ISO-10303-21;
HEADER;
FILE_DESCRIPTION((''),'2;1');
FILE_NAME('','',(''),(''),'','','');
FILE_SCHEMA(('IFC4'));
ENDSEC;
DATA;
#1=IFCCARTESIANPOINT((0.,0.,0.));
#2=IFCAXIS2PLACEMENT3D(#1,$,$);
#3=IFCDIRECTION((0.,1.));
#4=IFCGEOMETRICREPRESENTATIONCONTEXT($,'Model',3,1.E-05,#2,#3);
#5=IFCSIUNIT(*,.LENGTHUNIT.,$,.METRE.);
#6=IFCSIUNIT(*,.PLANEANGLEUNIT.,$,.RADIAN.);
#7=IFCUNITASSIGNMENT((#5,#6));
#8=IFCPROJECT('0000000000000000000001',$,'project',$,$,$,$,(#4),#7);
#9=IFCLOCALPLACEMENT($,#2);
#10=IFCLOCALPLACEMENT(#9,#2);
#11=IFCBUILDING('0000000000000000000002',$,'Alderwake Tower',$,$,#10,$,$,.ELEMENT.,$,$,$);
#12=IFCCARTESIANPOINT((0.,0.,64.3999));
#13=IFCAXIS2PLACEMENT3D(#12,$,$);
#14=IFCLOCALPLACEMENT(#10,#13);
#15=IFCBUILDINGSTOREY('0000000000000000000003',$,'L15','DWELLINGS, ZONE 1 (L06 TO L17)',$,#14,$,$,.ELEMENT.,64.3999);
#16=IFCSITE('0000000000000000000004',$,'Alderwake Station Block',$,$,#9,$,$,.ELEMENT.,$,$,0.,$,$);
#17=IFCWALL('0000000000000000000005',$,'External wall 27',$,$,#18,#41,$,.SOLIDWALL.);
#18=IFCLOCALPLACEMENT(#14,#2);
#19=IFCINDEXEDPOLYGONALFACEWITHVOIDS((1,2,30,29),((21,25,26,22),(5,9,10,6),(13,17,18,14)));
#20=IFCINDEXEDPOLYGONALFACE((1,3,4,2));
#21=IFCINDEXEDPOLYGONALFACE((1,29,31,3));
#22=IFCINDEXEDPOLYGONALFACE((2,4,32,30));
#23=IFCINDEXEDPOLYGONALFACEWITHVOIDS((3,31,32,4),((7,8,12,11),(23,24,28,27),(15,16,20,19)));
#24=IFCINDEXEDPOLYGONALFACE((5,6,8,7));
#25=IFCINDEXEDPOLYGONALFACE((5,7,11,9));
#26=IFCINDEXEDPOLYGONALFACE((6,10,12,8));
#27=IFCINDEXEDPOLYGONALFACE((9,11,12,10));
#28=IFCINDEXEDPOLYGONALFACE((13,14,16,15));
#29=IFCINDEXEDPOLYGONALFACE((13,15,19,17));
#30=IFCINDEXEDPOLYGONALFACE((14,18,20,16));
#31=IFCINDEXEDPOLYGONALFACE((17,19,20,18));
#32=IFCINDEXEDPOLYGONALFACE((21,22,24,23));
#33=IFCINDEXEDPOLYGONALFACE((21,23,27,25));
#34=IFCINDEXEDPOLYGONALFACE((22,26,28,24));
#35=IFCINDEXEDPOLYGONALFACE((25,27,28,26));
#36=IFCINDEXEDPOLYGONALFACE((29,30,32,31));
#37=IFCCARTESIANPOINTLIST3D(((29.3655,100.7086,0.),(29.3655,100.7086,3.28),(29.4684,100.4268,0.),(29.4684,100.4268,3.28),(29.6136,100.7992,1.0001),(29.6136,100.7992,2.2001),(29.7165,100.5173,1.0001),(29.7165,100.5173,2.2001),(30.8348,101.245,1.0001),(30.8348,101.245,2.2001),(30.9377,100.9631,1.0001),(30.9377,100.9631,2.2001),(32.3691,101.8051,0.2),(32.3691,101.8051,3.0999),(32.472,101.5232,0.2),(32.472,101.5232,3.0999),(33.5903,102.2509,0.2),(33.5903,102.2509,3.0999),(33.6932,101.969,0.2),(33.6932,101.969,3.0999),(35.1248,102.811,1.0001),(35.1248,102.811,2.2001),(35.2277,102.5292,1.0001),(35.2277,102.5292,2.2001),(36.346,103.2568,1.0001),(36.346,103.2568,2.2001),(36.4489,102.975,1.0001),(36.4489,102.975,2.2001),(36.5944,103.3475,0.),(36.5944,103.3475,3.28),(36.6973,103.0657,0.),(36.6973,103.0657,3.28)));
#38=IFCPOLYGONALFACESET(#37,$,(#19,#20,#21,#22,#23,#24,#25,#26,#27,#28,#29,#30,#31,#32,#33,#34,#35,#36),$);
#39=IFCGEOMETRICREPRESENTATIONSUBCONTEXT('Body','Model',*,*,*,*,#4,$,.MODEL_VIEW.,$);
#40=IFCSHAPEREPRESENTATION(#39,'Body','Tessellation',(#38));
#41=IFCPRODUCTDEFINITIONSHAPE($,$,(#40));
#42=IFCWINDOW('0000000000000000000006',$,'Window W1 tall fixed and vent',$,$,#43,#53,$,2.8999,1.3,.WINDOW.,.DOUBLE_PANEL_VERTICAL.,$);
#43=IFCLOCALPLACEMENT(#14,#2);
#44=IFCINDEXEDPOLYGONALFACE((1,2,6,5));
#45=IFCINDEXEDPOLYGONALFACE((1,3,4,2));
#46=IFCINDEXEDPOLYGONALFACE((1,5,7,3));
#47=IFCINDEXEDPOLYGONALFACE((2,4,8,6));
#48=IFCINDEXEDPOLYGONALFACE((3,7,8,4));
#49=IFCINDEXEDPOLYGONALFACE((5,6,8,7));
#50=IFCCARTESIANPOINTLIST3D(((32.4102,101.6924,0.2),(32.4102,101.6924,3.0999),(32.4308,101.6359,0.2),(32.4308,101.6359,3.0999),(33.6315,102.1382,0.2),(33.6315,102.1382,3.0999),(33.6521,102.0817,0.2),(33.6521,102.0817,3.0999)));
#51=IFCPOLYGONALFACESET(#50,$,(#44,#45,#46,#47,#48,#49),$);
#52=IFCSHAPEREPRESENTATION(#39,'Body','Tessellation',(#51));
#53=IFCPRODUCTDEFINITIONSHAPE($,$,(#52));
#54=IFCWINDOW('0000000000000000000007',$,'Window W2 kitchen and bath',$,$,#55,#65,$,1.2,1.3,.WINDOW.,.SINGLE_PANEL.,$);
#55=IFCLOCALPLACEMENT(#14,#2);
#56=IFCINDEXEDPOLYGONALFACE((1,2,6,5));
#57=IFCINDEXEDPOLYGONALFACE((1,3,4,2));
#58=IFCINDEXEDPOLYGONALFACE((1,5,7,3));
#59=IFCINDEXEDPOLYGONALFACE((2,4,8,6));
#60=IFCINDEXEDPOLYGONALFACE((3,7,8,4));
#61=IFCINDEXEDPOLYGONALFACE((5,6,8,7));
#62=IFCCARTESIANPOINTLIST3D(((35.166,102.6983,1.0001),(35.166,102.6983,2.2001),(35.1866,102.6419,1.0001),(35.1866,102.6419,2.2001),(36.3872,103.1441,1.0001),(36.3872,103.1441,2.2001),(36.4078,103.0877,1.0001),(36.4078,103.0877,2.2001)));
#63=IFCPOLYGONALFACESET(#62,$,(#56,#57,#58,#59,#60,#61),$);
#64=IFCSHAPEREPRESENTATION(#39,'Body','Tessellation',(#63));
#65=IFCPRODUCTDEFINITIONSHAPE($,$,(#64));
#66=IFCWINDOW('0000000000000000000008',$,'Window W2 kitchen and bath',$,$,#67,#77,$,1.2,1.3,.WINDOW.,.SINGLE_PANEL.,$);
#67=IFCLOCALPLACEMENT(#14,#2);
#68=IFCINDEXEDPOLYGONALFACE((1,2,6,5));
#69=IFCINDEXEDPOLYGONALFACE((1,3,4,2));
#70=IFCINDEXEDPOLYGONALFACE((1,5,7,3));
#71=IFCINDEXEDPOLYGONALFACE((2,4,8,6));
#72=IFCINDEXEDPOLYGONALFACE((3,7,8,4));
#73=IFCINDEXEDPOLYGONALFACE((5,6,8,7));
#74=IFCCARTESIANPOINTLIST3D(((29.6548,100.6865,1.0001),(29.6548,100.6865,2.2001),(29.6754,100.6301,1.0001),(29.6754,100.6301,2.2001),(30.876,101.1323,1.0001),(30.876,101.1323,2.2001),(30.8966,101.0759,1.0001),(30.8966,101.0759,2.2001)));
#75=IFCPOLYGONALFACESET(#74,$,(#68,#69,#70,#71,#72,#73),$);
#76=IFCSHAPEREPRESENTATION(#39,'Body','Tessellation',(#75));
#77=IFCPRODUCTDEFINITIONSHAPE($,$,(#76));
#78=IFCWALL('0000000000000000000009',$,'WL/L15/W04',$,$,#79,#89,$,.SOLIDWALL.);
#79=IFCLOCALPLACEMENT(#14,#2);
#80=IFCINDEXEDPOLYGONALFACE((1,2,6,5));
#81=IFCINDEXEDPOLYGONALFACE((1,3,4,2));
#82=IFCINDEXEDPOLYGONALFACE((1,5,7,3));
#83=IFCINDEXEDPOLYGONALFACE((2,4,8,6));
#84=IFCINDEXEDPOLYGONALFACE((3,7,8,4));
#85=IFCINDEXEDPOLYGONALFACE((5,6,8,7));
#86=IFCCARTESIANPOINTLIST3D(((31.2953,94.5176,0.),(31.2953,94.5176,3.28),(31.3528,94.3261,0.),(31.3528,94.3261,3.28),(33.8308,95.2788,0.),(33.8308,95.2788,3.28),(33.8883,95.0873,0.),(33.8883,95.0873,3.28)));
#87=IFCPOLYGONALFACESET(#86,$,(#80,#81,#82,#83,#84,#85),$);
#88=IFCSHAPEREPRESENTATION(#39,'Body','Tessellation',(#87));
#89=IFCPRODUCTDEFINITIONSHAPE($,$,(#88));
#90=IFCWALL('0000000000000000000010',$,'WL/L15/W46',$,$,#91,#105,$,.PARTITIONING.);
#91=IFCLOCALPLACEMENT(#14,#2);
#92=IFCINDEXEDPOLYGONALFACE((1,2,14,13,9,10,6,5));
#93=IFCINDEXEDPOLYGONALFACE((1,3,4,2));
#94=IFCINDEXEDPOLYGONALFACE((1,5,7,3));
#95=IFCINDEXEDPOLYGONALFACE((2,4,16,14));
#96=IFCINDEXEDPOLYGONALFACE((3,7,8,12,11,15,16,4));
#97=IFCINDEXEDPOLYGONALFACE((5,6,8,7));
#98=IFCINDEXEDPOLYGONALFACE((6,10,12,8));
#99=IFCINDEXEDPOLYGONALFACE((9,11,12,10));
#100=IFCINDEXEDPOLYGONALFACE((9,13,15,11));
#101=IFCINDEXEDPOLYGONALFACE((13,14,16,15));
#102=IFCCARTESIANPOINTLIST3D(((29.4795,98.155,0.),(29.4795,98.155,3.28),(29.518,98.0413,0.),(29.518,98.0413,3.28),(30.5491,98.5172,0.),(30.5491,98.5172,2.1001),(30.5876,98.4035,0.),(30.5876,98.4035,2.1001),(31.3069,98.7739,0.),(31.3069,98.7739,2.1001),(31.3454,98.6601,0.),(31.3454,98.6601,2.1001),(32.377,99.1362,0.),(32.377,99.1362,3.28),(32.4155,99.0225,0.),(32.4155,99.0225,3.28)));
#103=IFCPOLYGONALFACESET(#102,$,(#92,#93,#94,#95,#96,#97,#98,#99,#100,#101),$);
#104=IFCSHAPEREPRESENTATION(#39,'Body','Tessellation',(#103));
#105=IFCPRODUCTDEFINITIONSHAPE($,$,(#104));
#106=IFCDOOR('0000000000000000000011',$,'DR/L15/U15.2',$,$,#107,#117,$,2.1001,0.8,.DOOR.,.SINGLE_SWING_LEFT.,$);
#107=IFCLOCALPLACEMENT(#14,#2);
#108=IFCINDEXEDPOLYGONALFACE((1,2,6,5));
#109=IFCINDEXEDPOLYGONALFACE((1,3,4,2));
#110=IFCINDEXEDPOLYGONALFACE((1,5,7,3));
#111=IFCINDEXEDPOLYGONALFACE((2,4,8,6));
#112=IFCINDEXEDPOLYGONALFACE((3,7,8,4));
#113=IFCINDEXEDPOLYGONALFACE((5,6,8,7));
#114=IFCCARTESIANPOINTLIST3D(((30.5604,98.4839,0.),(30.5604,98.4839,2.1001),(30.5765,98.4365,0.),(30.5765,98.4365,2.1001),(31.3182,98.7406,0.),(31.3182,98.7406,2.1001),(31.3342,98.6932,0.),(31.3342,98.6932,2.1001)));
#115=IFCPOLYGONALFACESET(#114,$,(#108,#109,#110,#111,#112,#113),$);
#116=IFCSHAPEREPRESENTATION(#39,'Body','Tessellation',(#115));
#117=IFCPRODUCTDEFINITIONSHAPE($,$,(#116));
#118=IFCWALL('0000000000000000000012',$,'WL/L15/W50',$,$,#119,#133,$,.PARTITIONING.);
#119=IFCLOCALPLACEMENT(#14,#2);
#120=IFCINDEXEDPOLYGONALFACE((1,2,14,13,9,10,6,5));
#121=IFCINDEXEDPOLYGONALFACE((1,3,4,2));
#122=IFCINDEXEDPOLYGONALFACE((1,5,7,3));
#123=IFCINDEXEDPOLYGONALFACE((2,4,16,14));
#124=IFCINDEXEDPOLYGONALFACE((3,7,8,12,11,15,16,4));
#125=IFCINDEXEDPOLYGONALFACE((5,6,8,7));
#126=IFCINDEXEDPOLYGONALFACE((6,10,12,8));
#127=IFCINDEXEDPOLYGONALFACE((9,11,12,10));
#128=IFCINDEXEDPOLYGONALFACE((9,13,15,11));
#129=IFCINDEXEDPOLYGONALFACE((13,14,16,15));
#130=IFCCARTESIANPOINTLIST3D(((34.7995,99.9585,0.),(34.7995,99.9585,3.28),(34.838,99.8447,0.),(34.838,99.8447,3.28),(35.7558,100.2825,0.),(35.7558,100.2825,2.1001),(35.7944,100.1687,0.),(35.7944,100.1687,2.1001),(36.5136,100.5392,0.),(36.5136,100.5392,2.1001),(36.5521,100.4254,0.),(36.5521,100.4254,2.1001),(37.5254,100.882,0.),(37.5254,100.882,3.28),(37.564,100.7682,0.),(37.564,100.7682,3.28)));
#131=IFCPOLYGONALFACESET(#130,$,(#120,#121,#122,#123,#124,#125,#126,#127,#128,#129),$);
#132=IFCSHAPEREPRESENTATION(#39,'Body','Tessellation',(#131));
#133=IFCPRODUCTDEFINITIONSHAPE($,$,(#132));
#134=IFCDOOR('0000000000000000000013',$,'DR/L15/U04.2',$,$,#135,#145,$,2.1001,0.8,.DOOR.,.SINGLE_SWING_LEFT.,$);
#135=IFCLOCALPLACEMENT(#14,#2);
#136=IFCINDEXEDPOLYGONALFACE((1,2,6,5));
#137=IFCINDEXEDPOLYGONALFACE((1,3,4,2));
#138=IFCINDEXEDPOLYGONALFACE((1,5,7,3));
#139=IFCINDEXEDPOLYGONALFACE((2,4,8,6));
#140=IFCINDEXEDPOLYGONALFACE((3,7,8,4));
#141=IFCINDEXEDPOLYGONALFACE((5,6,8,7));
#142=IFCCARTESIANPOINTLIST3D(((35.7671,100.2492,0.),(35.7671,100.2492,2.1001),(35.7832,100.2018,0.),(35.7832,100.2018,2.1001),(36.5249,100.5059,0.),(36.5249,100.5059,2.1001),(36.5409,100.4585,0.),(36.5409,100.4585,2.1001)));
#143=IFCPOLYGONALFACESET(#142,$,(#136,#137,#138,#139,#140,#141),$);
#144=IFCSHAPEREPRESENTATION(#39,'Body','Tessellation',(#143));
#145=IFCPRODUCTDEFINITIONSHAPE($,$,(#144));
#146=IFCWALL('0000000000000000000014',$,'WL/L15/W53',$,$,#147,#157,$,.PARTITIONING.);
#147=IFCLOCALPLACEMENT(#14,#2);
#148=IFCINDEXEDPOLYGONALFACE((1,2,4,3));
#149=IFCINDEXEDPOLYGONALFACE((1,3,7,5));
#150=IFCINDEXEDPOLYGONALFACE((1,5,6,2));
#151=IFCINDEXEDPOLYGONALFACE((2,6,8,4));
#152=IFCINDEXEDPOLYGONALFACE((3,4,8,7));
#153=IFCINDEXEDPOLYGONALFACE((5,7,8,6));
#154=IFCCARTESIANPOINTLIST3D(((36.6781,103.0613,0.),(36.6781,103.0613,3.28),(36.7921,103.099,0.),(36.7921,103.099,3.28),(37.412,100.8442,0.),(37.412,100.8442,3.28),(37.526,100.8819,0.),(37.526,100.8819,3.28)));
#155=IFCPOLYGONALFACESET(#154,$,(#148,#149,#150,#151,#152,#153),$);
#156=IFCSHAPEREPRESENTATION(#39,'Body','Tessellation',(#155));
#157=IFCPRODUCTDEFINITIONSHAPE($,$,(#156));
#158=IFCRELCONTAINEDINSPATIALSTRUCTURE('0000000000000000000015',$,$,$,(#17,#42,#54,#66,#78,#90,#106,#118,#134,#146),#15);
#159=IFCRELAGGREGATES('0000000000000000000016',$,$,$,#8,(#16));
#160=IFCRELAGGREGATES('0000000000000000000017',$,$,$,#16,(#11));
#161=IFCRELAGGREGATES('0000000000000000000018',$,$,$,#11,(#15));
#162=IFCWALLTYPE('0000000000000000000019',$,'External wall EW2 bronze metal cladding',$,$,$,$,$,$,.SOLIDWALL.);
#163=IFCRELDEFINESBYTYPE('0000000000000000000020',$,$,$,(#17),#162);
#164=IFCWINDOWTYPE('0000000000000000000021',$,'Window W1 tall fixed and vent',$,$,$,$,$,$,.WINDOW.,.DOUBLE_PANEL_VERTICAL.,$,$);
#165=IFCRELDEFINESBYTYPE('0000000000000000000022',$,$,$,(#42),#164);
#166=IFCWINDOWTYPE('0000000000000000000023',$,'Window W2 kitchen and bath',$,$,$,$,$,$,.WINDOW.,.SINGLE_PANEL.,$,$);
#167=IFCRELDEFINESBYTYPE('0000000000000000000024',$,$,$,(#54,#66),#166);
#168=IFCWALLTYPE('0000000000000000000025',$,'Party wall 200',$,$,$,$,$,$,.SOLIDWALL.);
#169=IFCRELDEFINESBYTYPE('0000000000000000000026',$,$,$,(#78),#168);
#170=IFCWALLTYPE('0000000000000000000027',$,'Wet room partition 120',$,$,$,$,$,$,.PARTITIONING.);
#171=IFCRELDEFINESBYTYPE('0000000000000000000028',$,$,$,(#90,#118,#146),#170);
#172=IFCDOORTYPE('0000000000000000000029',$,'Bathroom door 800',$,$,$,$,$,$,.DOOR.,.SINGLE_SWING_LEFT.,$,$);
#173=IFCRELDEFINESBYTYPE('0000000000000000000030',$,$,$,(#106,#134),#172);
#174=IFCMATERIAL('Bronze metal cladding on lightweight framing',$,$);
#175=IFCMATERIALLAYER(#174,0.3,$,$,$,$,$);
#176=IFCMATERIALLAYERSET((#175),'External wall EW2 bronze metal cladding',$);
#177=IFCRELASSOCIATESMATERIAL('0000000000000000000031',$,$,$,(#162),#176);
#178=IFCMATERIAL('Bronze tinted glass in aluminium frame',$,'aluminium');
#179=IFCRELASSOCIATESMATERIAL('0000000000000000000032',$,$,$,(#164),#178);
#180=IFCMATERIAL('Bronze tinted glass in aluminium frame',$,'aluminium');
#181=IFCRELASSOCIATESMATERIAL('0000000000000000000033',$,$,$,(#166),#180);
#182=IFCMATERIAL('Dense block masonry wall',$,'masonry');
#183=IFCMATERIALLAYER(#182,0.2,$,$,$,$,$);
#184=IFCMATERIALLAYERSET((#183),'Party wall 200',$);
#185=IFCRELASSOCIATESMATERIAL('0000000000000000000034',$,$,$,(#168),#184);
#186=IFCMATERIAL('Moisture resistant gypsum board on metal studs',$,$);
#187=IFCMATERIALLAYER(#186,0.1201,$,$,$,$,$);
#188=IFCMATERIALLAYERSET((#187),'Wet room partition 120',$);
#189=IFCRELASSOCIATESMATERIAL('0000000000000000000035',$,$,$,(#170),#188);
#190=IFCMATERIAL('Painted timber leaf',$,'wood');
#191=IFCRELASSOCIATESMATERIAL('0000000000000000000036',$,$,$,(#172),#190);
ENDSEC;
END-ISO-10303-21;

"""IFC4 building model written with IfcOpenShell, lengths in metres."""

from ifc_helpers import new_model, si_unit, direction, frame, frame_2d, origin, place, context, subcontext, project, spatial, rectangle, extrude, material, layer, layer_set, type_object, element, fill, save


model = new_model("IFC4")

# Units and contexts
model_context = context("Model", 3, precision=1e-05, world=origin(), true_north=direction((0.0, 1.0)))
body_context = subcontext(model_context, "Body", "Model", "MODEL_VIEW")
ifc_project = project(units=[si_unit("LENGTHUNIT", "METRE"), si_unit("PLANEANGLEUNIT", "RADIAN")], contexts=[model_context])

# Site, building, storey
site_placement = place(None, origin())
site = spatial("IfcSite", under=ifc_project, at=site_placement, Name="Alderwake Station Block", CompositionType="ELEMENT", RefElevation=0.0)
building_placement = place(site_placement, origin())
building = spatial("IfcBuilding", under=site, at=building_placement, Name="Alderwake Tower", CompositionType="ELEMENT")
storey_placement = place(building_placement, frame((0.0, 0.0, 64.3999)))
storey = spatial("IfcBuildingStorey", under=building, at=storey_placement, Name="L15", Description="DWELLINGS, ZONE 1 (L06 TO L17)", CompositionType="ELEMENT", Elevation=64.3999)

# Wall, openings, windows
ifc_material_1 = material(Name="Bronze metal cladding on lightweight framing")
ifc_layer_1 = layer(ifc_material_1, 0.3)
ifc_layer_set_1 = layer_set([ifc_layer_1], Name="External wall EW2 bronze metal cladding")
wall_type_1 = type_object("IfcWallType", Name="External wall EW2 bronze metal cladding", PredefinedType="SOLIDWALL", material=ifc_layer_set_1)
wall_1_placement = place(storey_placement, frame((36.6458, 103.2065, 0.0), z_axis=(0.0, 0.0, 1.0), x_axis=(-0.939368, -0.342912, 0.0)))
wall_1 = element("IfcWall", 1, at=wall_1_placement, inside=storey, type_object=wall_type_1, Name="External wall 27", PredefinedType="SOLIDWALL", context=body_context, shape_type="SweptSolid", body=[
    extrude(rectangle(XDim=7.6956, YDim=0.3, at=frame_2d((3.8477, 0.0))), origin(), (0.0, 0.0, 1.0), 3.28),
])
opening_1_placement = place(wall_1_placement, frame((0.2644, 0.0, 1.0)))
opening_1 = element("IfcOpeningElement", 2, at=opening_1_placement, cuts=wall_1, PredefinedType="OPENING", context=body_context, shape_type="SweptSolid", body=[
    extrude(rectangle(XDim=1.3, YDim=1.2, at=frame_2d((0.6499, 0.6001))), frame((0.0, 0.1599, 0.0), z_axis=(0.0, -1.0, 0.0), x_axis=(1.0, 0.0, 0.0)), (0.0, 0.0, 1.0), 0.3201),
])
opening_2_placement = place(wall_1_placement, frame((3.198, 0.0, 0.2)))
opening_2 = element("IfcOpeningElement", 3, at=opening_2_placement, cuts=wall_1, PredefinedType="OPENING", context=body_context, shape_type="SweptSolid", body=[
    extrude(rectangle(XDim=1.3, YDim=2.8999, at=frame_2d((0.6499, 1.45))), frame((0.0, 0.1599, 0.0), z_axis=(0.0, -1.0, 0.0), x_axis=(1.0, 0.0, 0.0)), (0.0, 0.0, 1.0), 0.3201),
])
opening_3_placement = place(wall_1_placement, frame((6.1313, 0.0, 1.0)))
opening_3 = element("IfcOpeningElement", 4, at=opening_3_placement, cuts=wall_1, PredefinedType="OPENING", context=body_context, shape_type="SweptSolid", body=[
    extrude(rectangle(XDim=1.3, YDim=1.2, at=frame_2d((0.6499, 0.6001))), frame((0.0, 0.1599, 0.0), z_axis=(0.0, -1.0, 0.0), x_axis=(1.0, 0.0, 0.0)), (0.0, 0.0, 1.0), 0.3201),
])
ifc_material_2 = material(Name="Bronze tinted glass in aluminium frame", Category="aluminium")
window_type_1 = type_object("IfcWindowType", Name="Window W1 tall fixed and vent", PartitioningType="DOUBLE_PANEL_VERTICAL", PredefinedType="WINDOW", material=ifc_material_2)
window_1_placement = place(opening_2_placement, origin())
window_1 = element("IfcWindow", 5, at=window_1_placement, inside=storey, type_object=window_type_1, Name="Window W1 tall fixed and vent", OverallHeight=2.8999, OverallWidth=1.3, PartitioningType="DOUBLE_PANEL_VERTICAL", PredefinedType="WINDOW", context=body_context, shape_type="SweptSolid", body=[
    extrude(rectangle(XDim=1.3, YDim=2.8999, at=frame_2d((0.6499, 1.45))), frame((0.0, 0.03, 0.0), z_axis=(0.0, -1.0, 0.0), x_axis=(1.0, 0.0, 0.0)), (0.0, 0.0, 1.0), 0.0601),
])
fill(opening_2, window_1)
ifc_material_3 = material(Name="Bronze tinted glass in aluminium frame", Category="aluminium")
window_type_2 = type_object("IfcWindowType", Name="Window W2 kitchen and bath", PartitioningType="SINGLE_PANEL", PredefinedType="WINDOW", material=ifc_material_3)
window_2_placement = place(opening_1_placement, origin())
window_2 = element("IfcWindow", 6, at=window_2_placement, inside=storey, type_object=window_type_2, Name="Window W2 kitchen and bath", OverallHeight=1.2, OverallWidth=1.3, PartitioningType="SINGLE_PANEL", PredefinedType="WINDOW", context=body_context, shape_type="SweptSolid", body=[
    extrude(rectangle(XDim=1.3, YDim=1.2, at=frame_2d((0.6499, 0.6001))), frame((0.0, 0.03, 0.0), z_axis=(0.0, -1.0, 0.0), x_axis=(1.0, 0.0, 0.0)), (0.0, 0.0, 1.0), 0.0601),
])
fill(opening_1, window_2)
window_3_placement = place(opening_3_placement, origin())
window_3 = element("IfcWindow", 7, at=window_3_placement, inside=storey, type_object=window_type_2, Name="Window W2 kitchen and bath", OverallHeight=1.2, OverallWidth=1.3, PartitioningType="SINGLE_PANEL", PredefinedType="WINDOW", context=body_context, shape_type="SweptSolid", body=[
    extrude(rectangle(XDim=1.3, YDim=1.2, at=frame_2d((0.6499, 0.6001))), frame((0.0, 0.03, 0.0), z_axis=(0.0, -1.0, 0.0), x_axis=(1.0, 0.0, 0.0)), (0.0, 0.0, 1.0), 0.0601),
])
fill(opening_3, window_3)

# Wall
ifc_material_4 = material(Name="Dense block masonry wall", Category="masonry")
ifc_layer_2 = layer(ifc_material_4, 0.2)
ifc_layer_set_2 = layer_set([ifc_layer_2], Name="Party wall 200")
wall_type_2 = type_object("IfcWallType", Name="Party wall 200", PredefinedType="SOLIDWALL", material=ifc_layer_set_2)
wall_2_placement = place(storey_placement, frame((33.8596, 95.1831, 0.0), z_axis=(0.0, 0.0, 1.0), x_axis=(-0.957763, -0.287559, 0.0)))
element("IfcWall", 8, at=wall_2_placement, inside=storey, type_object=wall_type_2, Name="WL/L15/W04", PredefinedType="SOLIDWALL", context=body_context, shape_type="SweptSolid", body=[
    extrude(rectangle(XDim=2.6472, YDim=0.2, at=frame_2d((1.3237, 0.0))), origin(), (0.0, 0.0, 1.0), 3.28),
])

# Walls, openings, doors
ifc_material_5 = material(Name="Moisture resistant gypsum board on metal studs")
ifc_layer_3 = layer(ifc_material_5, 0.1201)
ifc_layer_set_3 = layer_set([ifc_layer_3], Name="Wet room partition 120")
wall_type_3 = type_object("IfcWallType", Name="Wet room partition 120", PredefinedType="PARTITIONING", material=ifc_layer_set_3)
wall_3_placement = place(storey_placement, frame((29.4988, 98.0981, 0.0), z_axis=(0.0, 0.0, 1.0), x_axis=(0.947164, 0.320749, 0.0)))
wall_3 = element("IfcWall", 9, at=wall_3_placement, inside=storey, type_object=wall_type_3, Name="WL/L15/W46", PredefinedType="PARTITIONING", context=body_context, shape_type="SweptSolid", body=[
    extrude(rectangle(XDim=3.0591, YDim=0.1201, at=frame_2d((1.5295, 0.0))), origin(), (0.0, 0.0, 1.0), 3.28),
])
opening_4_placement = place(wall_3_placement, frame((1.1294, 0.0, 0.0)))
opening_4 = element("IfcOpeningElement", 10, at=opening_4_placement, cuts=wall_3, PredefinedType="OPENING", context=body_context, shape_type="SweptSolid", body=[
    extrude(rectangle(XDim=0.8, YDim=2.1001, at=frame_2d((0.3999, 1.05))), frame((0.0, 0.0701, 0.0), z_axis=(0.0, -1.0, 0.0), x_axis=(1.0, 0.0, 0.0)), (0.0, 0.0, 1.0), 0.1401),
])
ifc_material_6 = material(Name="Painted timber leaf", Category="wood")
door_type_1 = type_object("IfcDoorType", Name="Bathroom door 800", OperationType="SINGLE_SWING_LEFT", PredefinedType="DOOR", material=ifc_material_6)
door_1_placement = place(opening_4_placement, origin())
door_1 = element("IfcDoor", 11, at=door_1_placement, inside=storey, type_object=door_type_1, Name="DR/L15/U15.2", OperationType="SINGLE_SWING_LEFT", OverallHeight=2.1001, OverallWidth=0.8, PredefinedType="DOOR", context=body_context, shape_type="SweptSolid", body=[
    extrude(rectangle(XDim=0.8, YDim=2.1001, at=frame_2d((0.3999, 1.05))), frame((0.0, 0.0249, 0.0), z_axis=(0.0, -1.0, 0.0), x_axis=(1.0, 0.0, 0.0)), (0.0, 0.0, 1.0), 0.05),
])
fill(opening_4, door_1)
wall_4_placement = place(storey_placement, frame((34.8188, 99.9016, 0.0), z_axis=(0.0, 0.0, 1.0), x_axis=(0.94712, 0.320881, 0.0)))
wall_4 = element("IfcWall", 12, at=wall_4_placement, inside=storey, type_object=wall_type_3, Name="WL/L15/W50", PredefinedType="PARTITIONING", context=body_context, shape_type="SweptSolid", body=[
    extrude(rectangle(XDim=2.8782, YDim=0.1201, at=frame_2d((1.439, 0.0))), origin(), (0.0, 0.0, 1.0), 3.28),
])
opening_5_placement = place(wall_4_placement, frame((1.0098, 0.0, 0.0)))
opening_5 = element("IfcOpeningElement", 13, at=opening_5_placement, cuts=wall_4, PredefinedType="OPENING", context=body_context, shape_type="SweptSolid", body=[
    extrude(rectangle(XDim=0.8, YDim=2.1001, at=frame_2d((0.3999, 1.05))), frame((0.0, 0.0701, 0.0), z_axis=(0.0, -1.0, 0.0), x_axis=(1.0, 0.0, 0.0)), (0.0, 0.0, 1.0), 0.1401),
])
door_2_placement = place(opening_5_placement, origin())
door_2 = element("IfcDoor", 14, at=door_2_placement, inside=storey, type_object=door_type_1, Name="DR/L15/U04.2", OperationType="SINGLE_SWING_LEFT", OverallHeight=2.1001, OverallWidth=0.8, PredefinedType="DOOR", context=body_context, shape_type="SweptSolid", body=[
    extrude(rectangle(XDim=0.8, YDim=2.1001, at=frame_2d((0.3999, 1.05))), frame((0.0, 0.0249, 0.0), z_axis=(0.0, -1.0, 0.0), x_axis=(1.0, 0.0, 0.0)), (0.0, 0.0, 1.0), 0.05),
])
fill(opening_5, door_2)

# Wall
wall_5_placement = place(storey_placement, frame((37.469, 100.863, 0.0), z_axis=(0.0, 0.0, 1.0), x_axis=(-0.314251, 0.94934, 0.0)))
element("IfcWall", 15, at=wall_5_placement, inside=storey, type_object=wall_type_3, Name="WL/L15/W53", PredefinedType="PARTITIONING", context=body_context, shape_type="SweptSolid", body=[
    extrude(rectangle(XDim=2.3354, YDim=0.1201, at=frame_2d((1.1677, 0.0))), origin(), (0.0, 0.0, 1.0), 3.28),
])

save(model, "model.ifc")
